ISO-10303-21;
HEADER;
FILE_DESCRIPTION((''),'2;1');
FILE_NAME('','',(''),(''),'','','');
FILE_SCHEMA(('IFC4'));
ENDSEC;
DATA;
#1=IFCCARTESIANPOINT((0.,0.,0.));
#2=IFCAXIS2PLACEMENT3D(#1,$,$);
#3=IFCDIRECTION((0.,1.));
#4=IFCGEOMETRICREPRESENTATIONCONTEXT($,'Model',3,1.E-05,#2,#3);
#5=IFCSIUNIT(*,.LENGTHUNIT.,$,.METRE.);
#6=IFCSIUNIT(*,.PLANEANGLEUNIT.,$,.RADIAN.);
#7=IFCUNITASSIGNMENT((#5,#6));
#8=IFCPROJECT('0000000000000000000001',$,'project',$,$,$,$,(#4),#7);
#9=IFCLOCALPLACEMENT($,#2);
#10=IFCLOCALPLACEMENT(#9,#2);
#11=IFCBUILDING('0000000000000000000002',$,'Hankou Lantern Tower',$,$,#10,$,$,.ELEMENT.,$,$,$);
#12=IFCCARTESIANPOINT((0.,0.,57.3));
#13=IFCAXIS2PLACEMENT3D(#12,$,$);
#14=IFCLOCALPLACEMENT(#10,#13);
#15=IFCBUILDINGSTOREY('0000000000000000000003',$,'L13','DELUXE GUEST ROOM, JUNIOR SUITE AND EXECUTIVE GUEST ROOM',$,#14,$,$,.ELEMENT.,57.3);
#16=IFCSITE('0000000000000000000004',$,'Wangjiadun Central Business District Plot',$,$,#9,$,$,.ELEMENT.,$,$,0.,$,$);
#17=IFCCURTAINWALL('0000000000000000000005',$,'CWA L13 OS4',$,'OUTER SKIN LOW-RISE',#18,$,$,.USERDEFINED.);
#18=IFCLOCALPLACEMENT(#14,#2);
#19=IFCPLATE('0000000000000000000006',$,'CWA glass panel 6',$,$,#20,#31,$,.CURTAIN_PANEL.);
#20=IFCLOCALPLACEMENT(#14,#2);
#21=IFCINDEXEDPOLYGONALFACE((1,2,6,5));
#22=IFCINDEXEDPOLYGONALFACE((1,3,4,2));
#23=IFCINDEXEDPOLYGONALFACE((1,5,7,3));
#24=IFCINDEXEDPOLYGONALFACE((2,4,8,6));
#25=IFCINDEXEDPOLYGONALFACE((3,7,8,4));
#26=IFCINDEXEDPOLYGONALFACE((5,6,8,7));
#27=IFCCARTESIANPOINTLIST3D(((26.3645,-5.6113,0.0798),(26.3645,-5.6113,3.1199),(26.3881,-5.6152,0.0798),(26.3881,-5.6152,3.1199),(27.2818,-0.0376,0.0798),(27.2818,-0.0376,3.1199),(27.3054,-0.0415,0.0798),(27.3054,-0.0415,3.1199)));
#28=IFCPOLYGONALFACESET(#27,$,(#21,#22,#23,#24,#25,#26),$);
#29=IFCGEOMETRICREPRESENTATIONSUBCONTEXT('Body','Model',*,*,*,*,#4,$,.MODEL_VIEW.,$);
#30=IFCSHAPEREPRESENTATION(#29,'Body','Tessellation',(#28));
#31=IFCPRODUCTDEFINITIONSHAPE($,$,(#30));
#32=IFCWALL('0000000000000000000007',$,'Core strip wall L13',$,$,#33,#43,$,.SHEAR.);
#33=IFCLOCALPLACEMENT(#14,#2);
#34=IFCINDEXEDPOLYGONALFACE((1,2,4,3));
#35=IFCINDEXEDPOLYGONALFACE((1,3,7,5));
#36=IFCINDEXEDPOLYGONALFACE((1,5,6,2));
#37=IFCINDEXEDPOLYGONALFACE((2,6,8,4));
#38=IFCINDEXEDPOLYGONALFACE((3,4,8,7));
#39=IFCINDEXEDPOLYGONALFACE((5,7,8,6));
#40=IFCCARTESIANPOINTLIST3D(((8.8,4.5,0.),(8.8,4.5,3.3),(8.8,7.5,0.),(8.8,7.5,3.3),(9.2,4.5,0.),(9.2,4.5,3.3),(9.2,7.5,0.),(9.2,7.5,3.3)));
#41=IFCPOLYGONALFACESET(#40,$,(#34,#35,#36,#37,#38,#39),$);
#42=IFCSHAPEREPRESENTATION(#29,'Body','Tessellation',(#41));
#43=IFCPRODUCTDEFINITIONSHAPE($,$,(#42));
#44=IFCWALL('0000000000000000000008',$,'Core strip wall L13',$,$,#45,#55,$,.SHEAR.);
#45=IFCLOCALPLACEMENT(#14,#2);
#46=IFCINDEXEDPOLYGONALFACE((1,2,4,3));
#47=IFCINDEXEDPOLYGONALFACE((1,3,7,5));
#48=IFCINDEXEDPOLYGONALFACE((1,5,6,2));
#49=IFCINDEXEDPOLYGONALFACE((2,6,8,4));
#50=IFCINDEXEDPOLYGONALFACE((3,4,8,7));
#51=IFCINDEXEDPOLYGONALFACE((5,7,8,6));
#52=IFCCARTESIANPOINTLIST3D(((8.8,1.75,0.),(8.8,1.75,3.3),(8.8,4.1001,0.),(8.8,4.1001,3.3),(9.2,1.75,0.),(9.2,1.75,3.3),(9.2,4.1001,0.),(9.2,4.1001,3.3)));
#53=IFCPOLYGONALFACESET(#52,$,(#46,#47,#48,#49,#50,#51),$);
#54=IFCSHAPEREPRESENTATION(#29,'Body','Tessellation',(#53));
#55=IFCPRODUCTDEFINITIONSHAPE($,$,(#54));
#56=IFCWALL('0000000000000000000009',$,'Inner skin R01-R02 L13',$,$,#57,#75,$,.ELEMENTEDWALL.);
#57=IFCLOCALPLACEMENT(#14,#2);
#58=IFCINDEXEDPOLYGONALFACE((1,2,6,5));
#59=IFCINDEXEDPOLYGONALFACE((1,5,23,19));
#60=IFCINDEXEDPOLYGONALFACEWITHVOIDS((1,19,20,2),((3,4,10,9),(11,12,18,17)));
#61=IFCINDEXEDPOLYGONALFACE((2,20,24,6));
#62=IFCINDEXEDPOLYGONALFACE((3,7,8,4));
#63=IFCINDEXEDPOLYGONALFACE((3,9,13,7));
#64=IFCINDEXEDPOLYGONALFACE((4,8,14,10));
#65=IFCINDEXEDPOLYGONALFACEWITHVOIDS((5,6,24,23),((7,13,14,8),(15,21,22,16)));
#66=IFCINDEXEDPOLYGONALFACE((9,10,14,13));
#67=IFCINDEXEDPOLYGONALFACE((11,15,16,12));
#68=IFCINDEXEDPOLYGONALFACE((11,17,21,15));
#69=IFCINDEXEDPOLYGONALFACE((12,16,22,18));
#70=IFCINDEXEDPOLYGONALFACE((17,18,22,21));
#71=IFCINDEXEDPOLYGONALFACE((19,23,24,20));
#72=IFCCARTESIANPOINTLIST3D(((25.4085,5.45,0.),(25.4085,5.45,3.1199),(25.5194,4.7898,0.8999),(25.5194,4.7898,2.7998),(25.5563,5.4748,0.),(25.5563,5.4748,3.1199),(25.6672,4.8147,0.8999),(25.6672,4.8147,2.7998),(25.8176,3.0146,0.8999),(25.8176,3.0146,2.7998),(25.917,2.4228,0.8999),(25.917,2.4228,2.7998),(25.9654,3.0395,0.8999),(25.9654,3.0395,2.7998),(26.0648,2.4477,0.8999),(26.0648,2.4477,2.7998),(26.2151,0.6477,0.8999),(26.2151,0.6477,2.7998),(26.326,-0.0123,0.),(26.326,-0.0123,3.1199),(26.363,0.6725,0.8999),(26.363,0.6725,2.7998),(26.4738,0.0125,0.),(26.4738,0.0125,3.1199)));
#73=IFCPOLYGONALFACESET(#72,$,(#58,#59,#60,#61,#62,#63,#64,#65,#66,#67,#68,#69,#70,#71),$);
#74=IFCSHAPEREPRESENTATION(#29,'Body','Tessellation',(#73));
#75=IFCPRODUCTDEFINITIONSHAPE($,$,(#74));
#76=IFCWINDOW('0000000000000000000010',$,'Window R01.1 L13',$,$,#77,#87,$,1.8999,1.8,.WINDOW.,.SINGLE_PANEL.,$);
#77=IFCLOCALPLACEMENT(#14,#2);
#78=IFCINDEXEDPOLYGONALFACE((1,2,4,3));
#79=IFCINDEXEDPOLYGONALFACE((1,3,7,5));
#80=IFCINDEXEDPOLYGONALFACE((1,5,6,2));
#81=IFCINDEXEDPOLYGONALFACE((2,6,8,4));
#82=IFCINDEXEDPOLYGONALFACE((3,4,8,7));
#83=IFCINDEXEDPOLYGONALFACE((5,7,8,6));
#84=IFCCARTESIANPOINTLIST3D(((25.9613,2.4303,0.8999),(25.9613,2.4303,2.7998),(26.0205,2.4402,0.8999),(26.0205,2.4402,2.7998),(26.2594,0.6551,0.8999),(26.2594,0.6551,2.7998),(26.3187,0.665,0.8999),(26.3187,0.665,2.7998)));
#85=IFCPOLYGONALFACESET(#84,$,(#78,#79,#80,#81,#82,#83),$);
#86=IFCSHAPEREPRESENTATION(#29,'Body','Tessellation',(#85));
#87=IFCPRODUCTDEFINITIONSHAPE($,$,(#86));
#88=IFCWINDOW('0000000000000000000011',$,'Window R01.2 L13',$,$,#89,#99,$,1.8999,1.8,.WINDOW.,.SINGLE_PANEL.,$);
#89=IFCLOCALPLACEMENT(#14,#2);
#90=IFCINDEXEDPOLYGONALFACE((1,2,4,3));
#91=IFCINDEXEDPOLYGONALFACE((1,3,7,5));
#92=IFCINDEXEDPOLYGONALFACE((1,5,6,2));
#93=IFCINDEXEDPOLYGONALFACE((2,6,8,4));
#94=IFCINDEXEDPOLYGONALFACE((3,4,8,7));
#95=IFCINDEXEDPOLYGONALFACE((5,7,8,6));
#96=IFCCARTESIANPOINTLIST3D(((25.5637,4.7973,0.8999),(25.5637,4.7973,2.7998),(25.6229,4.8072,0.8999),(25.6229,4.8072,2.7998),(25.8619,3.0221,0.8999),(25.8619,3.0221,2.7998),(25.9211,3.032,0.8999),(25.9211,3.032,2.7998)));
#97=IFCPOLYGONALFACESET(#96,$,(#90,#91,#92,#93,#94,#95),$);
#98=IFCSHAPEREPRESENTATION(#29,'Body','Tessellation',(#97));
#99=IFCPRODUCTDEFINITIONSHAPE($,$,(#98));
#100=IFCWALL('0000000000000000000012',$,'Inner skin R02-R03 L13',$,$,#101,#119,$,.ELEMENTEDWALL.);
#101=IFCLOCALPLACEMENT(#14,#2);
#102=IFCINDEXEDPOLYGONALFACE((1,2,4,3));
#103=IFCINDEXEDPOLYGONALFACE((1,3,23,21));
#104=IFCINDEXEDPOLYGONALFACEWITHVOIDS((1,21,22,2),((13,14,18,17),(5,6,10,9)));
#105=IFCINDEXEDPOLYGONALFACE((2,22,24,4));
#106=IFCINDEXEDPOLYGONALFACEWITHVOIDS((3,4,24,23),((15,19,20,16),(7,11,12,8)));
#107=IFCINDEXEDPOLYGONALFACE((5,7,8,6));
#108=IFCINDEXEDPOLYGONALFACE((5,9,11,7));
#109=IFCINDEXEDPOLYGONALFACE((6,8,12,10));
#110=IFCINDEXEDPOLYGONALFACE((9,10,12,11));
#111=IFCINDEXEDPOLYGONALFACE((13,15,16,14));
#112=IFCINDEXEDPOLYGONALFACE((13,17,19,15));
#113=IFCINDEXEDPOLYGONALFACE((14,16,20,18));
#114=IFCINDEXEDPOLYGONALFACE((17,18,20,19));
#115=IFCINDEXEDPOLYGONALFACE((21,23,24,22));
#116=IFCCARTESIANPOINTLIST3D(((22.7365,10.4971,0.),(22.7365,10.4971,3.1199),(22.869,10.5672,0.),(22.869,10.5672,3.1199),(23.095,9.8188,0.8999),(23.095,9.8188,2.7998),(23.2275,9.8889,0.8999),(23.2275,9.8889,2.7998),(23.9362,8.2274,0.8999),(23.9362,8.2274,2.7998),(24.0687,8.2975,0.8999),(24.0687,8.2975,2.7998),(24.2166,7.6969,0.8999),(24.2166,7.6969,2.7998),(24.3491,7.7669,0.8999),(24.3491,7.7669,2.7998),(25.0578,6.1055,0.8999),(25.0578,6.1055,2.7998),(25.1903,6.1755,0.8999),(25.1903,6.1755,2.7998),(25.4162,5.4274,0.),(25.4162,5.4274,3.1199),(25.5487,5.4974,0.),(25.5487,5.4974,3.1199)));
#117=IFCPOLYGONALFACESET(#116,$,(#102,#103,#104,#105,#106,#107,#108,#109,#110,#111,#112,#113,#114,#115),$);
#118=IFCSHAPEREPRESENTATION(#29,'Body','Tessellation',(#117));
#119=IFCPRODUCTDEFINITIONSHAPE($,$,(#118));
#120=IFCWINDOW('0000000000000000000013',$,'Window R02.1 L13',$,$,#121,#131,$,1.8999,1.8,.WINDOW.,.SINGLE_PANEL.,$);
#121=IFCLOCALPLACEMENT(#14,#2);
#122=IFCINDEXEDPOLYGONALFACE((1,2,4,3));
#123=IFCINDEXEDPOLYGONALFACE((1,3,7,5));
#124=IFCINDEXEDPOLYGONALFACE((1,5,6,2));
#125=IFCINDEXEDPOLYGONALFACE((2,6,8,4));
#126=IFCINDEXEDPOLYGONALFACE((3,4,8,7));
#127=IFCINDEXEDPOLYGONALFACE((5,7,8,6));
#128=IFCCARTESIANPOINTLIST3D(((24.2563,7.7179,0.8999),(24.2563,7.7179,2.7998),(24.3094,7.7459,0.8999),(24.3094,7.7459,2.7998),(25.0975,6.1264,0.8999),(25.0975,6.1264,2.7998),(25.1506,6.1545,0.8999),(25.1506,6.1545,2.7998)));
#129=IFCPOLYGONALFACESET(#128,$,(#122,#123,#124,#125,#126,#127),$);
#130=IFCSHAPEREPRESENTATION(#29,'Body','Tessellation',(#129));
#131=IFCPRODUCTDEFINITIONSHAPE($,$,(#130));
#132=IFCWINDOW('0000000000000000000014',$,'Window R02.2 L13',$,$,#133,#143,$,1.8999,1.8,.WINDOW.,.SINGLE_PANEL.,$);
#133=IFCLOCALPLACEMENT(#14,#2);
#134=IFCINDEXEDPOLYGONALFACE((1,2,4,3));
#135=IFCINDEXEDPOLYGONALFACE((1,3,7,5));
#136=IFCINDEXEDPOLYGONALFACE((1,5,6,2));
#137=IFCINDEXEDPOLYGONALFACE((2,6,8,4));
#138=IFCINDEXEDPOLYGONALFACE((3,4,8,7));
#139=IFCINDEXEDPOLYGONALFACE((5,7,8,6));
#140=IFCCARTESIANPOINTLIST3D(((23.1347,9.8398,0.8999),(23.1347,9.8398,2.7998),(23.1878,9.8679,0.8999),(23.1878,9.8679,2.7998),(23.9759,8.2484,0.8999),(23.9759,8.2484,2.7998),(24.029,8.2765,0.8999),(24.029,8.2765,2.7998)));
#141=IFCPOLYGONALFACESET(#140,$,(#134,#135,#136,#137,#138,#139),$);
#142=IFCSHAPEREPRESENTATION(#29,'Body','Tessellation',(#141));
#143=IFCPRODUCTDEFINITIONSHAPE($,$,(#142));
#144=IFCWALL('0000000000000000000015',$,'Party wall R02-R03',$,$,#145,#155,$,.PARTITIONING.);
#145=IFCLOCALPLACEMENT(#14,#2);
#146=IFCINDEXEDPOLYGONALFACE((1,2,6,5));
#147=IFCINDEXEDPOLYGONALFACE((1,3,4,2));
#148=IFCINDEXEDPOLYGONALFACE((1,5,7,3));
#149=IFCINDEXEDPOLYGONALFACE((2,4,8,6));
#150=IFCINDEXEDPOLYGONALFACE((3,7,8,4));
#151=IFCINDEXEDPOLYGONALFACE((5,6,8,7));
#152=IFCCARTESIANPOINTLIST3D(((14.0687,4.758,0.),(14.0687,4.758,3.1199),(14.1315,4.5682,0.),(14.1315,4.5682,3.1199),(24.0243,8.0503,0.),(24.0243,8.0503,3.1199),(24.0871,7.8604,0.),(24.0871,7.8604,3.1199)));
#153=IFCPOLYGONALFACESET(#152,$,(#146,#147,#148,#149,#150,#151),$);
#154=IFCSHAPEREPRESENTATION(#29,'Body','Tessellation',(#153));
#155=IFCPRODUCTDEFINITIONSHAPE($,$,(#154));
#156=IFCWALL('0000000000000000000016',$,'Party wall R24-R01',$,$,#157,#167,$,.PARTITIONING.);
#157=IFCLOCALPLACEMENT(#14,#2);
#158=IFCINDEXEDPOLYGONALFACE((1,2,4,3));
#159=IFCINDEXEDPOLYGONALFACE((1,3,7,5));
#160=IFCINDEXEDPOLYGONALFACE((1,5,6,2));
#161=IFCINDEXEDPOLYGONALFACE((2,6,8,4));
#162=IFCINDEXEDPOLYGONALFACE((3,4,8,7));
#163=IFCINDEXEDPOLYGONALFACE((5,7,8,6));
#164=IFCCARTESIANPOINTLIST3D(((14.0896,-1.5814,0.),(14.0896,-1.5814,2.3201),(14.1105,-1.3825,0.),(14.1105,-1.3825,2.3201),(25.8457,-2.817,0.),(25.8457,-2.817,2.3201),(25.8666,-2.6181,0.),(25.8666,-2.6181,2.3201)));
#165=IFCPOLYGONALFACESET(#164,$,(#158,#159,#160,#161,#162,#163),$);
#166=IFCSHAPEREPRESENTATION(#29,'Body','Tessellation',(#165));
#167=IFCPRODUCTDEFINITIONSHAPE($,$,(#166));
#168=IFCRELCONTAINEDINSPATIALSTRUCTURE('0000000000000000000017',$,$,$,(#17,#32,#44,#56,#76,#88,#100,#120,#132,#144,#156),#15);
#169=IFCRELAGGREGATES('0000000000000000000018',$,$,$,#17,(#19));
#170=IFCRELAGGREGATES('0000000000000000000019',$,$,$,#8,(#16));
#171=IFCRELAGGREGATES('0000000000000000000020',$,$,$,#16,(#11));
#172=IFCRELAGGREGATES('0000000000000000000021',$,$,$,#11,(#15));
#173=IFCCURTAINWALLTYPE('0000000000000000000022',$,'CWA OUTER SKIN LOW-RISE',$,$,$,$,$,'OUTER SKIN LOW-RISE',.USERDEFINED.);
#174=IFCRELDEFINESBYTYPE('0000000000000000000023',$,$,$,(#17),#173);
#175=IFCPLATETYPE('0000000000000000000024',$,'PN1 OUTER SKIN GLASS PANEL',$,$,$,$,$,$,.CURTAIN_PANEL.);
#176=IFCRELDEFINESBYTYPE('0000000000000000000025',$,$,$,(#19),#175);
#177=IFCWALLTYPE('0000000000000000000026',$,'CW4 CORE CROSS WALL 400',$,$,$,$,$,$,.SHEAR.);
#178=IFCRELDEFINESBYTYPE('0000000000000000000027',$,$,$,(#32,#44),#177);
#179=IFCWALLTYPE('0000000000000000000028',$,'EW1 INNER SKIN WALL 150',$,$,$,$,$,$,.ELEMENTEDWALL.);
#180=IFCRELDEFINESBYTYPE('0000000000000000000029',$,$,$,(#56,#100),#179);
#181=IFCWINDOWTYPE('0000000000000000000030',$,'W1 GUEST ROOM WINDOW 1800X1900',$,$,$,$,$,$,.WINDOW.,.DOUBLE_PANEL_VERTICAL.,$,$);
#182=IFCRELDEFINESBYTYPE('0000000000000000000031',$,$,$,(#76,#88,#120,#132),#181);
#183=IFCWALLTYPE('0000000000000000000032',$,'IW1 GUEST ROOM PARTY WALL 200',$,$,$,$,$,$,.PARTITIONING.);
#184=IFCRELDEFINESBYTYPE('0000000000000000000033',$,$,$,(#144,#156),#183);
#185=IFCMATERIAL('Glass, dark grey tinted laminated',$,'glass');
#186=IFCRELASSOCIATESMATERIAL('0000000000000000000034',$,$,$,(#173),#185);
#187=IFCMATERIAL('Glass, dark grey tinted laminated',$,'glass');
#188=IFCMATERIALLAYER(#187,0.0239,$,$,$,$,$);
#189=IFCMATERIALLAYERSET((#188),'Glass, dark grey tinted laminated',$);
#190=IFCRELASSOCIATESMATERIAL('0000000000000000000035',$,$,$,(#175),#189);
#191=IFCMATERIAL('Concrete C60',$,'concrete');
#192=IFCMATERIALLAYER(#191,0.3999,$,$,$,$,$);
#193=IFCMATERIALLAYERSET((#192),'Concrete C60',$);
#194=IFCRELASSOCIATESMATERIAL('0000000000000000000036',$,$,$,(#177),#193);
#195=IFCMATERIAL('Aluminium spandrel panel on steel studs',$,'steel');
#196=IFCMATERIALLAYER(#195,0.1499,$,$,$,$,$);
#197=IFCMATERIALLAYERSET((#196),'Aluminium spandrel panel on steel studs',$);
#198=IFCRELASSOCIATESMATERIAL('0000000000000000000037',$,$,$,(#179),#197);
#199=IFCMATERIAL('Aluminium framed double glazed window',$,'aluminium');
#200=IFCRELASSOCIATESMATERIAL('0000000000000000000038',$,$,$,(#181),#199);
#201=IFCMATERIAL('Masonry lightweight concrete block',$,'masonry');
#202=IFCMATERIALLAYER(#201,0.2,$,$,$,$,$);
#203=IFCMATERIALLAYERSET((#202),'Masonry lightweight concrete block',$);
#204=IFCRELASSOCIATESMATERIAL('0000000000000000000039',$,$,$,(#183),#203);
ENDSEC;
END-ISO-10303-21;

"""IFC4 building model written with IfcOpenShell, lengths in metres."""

from ifc_helpers import new_model, si_unit, direction, frame, frame_2d, origin, origin_2d, place, context, subcontext, project, spatial, rectangle, extrude, material, layer, layer_set, type_object, element, fill, aggregate, save


model = new_model("IFC4")

# Units and contexts
model_context = context("Model", 3, precision=1e-05, world=origin(), true_north=direction((0.0, 1.0)))
body_context = subcontext(model_context, "Body", "Model", "MODEL_VIEW")
ifc_project = project(units=[si_unit("LENGTHUNIT", "METRE"), si_unit("PLANEANGLEUNIT", "RADIAN")], contexts=[model_context])

# Site, building, storey
site_placement = place(None, origin())
site = spatial("IfcSite", under=ifc_project, at=site_placement, Name="Wangjiadun Central Business District Plot", CompositionType="ELEMENT", RefElevation=0.0)
building_placement = place(site_placement, origin())
building = spatial("IfcBuilding", under=site, at=building_placement, Name="Hankou Lantern Tower", CompositionType="ELEMENT")
storey_placement = place(building_placement, frame((0.0, 0.0, 57.3)))
storey = spatial("IfcBuildingStorey", under=building, at=storey_placement, Name="L13", Description="DELUXE GUEST ROOM, JUNIOR SUITE AND EXECUTIVE GUEST ROOM", CompositionType="ELEMENT", Elevation=57.3)

# Shared definitions
ifc_material_1 = material(Name="Glass, dark grey tinted laminated", Category="glass")
curtain_wall_type = type_object("IfcCurtainWallType", Name="CWA OUTER SKIN LOW-RISE", ElementType="OUTER SKIN LOW-RISE", PredefinedType="USERDEFINED", material=ifc_material_1)

# Shared definitions
ifc_material_2 = material(Name="Glass, dark grey tinted laminated", Category="glass")
ifc_layer_1 = layer(ifc_material_2, 0.0239)
ifc_layer_set_1 = layer_set([ifc_layer_1], Name="Glass, dark grey tinted laminated")
plate_type = type_object("IfcPlateType", Name="PN1 OUTER SKIN GLASS PANEL", PredefinedType="CURTAIN_PANEL", material=ifc_layer_set_1)

# Curtain wall, plate
curtain_wall_1_placement = place(storey_placement, origin())
curtain_wall_1 = element("IfcCurtainWall", 1, at=curtain_wall_1_placement, inside=storey, type_object=curtain_wall_type, Name="CWA L13 OS4", ObjectType="OUTER SKIN LOW-RISE", PredefinedType="USERDEFINED")
plate_1_placement = place(storey_placement, frame((26.835, -2.8264, 0.0798), z_axis=(0.0, 0.0, 1.0), x_axis=(0.162382, 0.986728, 0.0)))
plate_1 = element("IfcPlate", 2, at=plate_1_placement, type_object=plate_type, Name="CWA glass panel 6", PredefinedType="CURTAIN_PANEL", context=body_context, shape_type="SweptSolid", body=[
    extrude(rectangle(XDim=5.6487, YDim=0.0239, at=origin_2d()), origin(), (0.0, 0.0, 1.0), 3.04),
])
aggregate(curtain_wall_1, [plate_1])

# Walls
ifc_material_3 = material(Name="Concrete C60", Category="concrete")
ifc_layer_2 = layer(ifc_material_3, 0.3999)
ifc_layer_set_2 = layer_set([ifc_layer_2], Name="Concrete C60")
wall_type_1 = type_object("IfcWallType", Name="CW4 CORE CROSS WALL 400", PredefinedType="SHEAR", material=ifc_layer_set_2)
wall_1_placement = place(storey_placement, frame((9.0, 4.5, 0.0), z_axis=(0.0, 0.0, 1.0), x_axis=(0.0, 1.0, 0.0)))
element("IfcWall", 3, at=wall_1_placement, inside=storey, type_object=wall_type_1, Name="Core strip wall L13", PredefinedType="SHEAR", context=body_context, shape_type="SweptSolid", body=[
    extrude(rectangle(XDim=3.0, YDim=0.3999, at=frame_2d((1.5, 0.0))), origin(), (0.0, 0.0, 1.0), 3.3),
])
wall_2_placement = place(storey_placement, frame((9.0, 1.75, 0.0), z_axis=(0.0, 0.0, 1.0), x_axis=(0.0, 1.0, 0.0)))
element("IfcWall", 4, at=wall_2_placement, inside=storey, type_object=wall_type_1, Name="Core strip wall L13", PredefinedType="SHEAR", context=body_context, shape_type="SweptSolid", body=[
    extrude(rectangle(XDim=2.3501, YDim=0.3999, at=frame_2d((1.175, 0.0))), origin(), (0.0, 0.0, 1.0), 3.3),
])

# Walls, openings, windows
ifc_material_4 = material(Name="Aluminium spandrel panel on steel studs", Category="steel")
ifc_layer_3 = layer(ifc_material_4, 0.1499)
ifc_layer_set_3 = layer_set([ifc_layer_3], Name="Aluminium spandrel panel on steel studs")
wall_type_2 = type_object("IfcWallType", Name="EW1 INNER SKIN WALL 150", PredefinedType="ELEMENTEDWALL", material=ifc_layer_set_3)
wall_3_placement = place(storey_placement, frame((26.3999, 0.0, 0.0), z_axis=(0.0, 0.0, 1.0), x_axis=(-0.165643, 0.986186, 0.0)))
wall_3 = element("IfcWall", 5, at=wall_3_placement, inside=storey, type_object=wall_type_2, Name="Inner skin R01-R02 L13", PredefinedType="ELEMENTEDWALL", context=body_context, shape_type="SweptSolid", body=[
    extrude(rectangle(XDim=5.5388, YDim=0.1499, at=frame_2d((2.7695, 0.0))), origin(), (0.0, 0.0, 1.0), 3.1199),
])
opening_1_placement = place(wall_3_placement, frame((0.6694, 0.0, 0.8999)))
opening_1 = element("IfcOpeningElement", 6, at=opening_1_placement, cuts=wall_3, PredefinedType="OPENING", context=body_context, shape_type="SweptSolid", body=[
    extrude(rectangle(XDim=1.8, YDim=1.8999, at=frame_2d((0.8999, 0.95))), frame((0.0, 0.085, 0.0), z_axis=(0.0, -1.0, 0.0), x_axis=(1.0, 0.0, 0.0)), (0.0, 0.0, 1.0), 0.1699),
])
opening_2_placement = place(wall_3_placement, frame((3.0696, 0.0, 0.8999)))
opening_2 = element("IfcOpeningElement", 7, at=opening_2_placement, cuts=wall_3, PredefinedType="OPENING", context=body_context, shape_type="SweptSolid", body=[
    extrude(rectangle(XDim=1.8, YDim=1.8999, at=frame_2d((0.8999, 0.95))), frame((0.0, 0.085, 0.0), z_axis=(0.0, -1.0, 0.0), x_axis=(1.0, 0.0, 0.0)), (0.0, 0.0, 1.0), 0.1699),
])
ifc_material_5 = material(Name="Aluminium framed double glazed window", Category="aluminium")
window_type = type_object("IfcWindowType", Name="W1 GUEST ROOM WINDOW 1800X1900", PartitioningType="DOUBLE_PANEL_VERTICAL", PredefinedType="WINDOW", material=ifc_material_5)
window_1_placement = place(opening_1_placement, origin())
window_1 = element("IfcWindow", 8, at=window_1_placement, inside=storey, type_object=window_type, Name="Window R01.1 L13", OverallHeight=1.8999, OverallWidth=1.8, PartitioningType="SINGLE_PANEL", PredefinedType="WINDOW", context=body_context, shape_type="SweptSolid", body=[
    extrude(rectangle(XDim=1.8, YDim=1.8999, at=frame_2d((0.8999, 0.95))), frame((0.0, 0.03, 0.0), z_axis=(0.0, -1.0, 0.0), x_axis=(1.0, 0.0, 0.0)), (0.0, 0.0, 1.0), 0.0601),
])
fill(opening_1, window_1)
window_2_placement = place(opening_2_placement, origin())
window_2 = element("IfcWindow", 9, at=window_2_placement, inside=storey, type_object=window_type, Name="Window R01.2 L13", OverallHeight=1.8999, OverallWidth=1.8, PartitioningType="SINGLE_PANEL", PredefinedType="WINDOW", context=body_context, shape_type="SweptSolid", body=[
    extrude(rectangle(XDim=1.8, YDim=1.8999, at=frame_2d((0.8999, 0.95))), frame((0.0, 0.03, 0.0), z_axis=(0.0, -1.0, 0.0), x_axis=(1.0, 0.0, 0.0)), (0.0, 0.0, 1.0), 0.0601),
])
fill(opening_2, window_2)
wall_4_placement = place(storey_placement, frame((25.4824, 5.4624, 0.0), z_axis=(0.0, 0.0, 1.0), x_axis=(-0.467297, 0.8841, 0.0)))
wall_4 = element("IfcWall", 10, at=wall_4_placement, inside=storey, type_object=wall_type_2, Name="Inner skin R02-R03 L13", PredefinedType="ELEMENTEDWALL", context=body_context, shape_type="SweptSolid", body=[
    extrude(rectangle(XDim=5.7344, YDim=0.1499, at=frame_2d((2.8672, 0.0))), origin(), (0.0, 0.0, 1.0), 3.1199),
])
opening_3_placement = place(wall_4_placement, frame((0.7671, 0.0, 0.8999)))
opening_3 = element("IfcOpeningElement", 11, at=opening_3_placement, cuts=wall_4, PredefinedType="OPENING", context=body_context, shape_type="SweptSolid", body=[
    extrude(rectangle(XDim=1.8, YDim=1.8999, at=frame_2d((0.8999, 0.95))), frame((0.0, 0.085, 0.0), z_axis=(0.0, -1.0, 0.0), x_axis=(1.0, 0.0, 0.0)), (0.0, 0.0, 1.0), 0.1699),
])
opening_4_placement = place(wall_4_placement, frame((3.1672, 0.0, 0.8999)))
opening_4 = element("IfcOpeningElement", 12, at=opening_4_placement, cuts=wall_4, PredefinedType="OPENING", context=body_context, shape_type="SweptSolid", body=[
    extrude(rectangle(XDim=1.8, YDim=1.8999, at=frame_2d((0.8999, 0.95))), frame((0.0, 0.085, 0.0), z_axis=(0.0, -1.0, 0.0), x_axis=(1.0, 0.0, 0.0)), (0.0, 0.0, 1.0), 0.1699),
])
window_3_placement = place(opening_3_placement, origin())
window_3 = element("IfcWindow", 13, at=window_3_placement, inside=storey, type_object=window_type, Name="Window R02.1 L13", OverallHeight=1.8999, OverallWidth=1.8, PartitioningType="SINGLE_PANEL", PredefinedType="WINDOW", context=body_context, shape_type="SweptSolid", body=[
    extrude(rectangle(XDim=1.8, YDim=1.8999, at=frame_2d((0.8999, 0.95))), frame((0.0, 0.03, 0.0), z_axis=(0.0, -1.0, 0.0), x_axis=(1.0, 0.0, 0.0)), (0.0, 0.0, 1.0), 0.0601),
])
fill(opening_3, window_3)
window_4_placement = place(opening_4_placement, origin())
window_4 = element("IfcWindow", 14, at=window_4_placement, inside=storey, type_object=window_type, Name="Window R02.2 L13", OverallHeight=1.8999, OverallWidth=1.8, PartitioningType="SINGLE_PANEL", PredefinedType="WINDOW", context=body_context, shape_type="SweptSolid", body=[
    extrude(rectangle(XDim=1.8, YDim=1.8999, at=frame_2d((0.8999, 0.95))), frame((0.0, 0.03, 0.0), z_axis=(0.0, -1.0, 0.0), x_axis=(1.0, 0.0, 0.0)), (0.0, 0.0, 1.0), 0.0601),
])
fill(opening_4, window_4)

# Walls
ifc_material_6 = material(Name="Masonry lightweight concrete block", Category="masonry")
ifc_layer_4 = layer(ifc_material_6, 0.2)
ifc_layer_set_4 = layer_set([ifc_layer_4], Name="Masonry lightweight concrete block")
wall_type_3 = type_object("IfcWallType", Name="IW1 GUEST ROOM PARTY WALL 200", PredefinedType="PARTITIONING", material=ifc_layer_set_4)
wall_5_placement = place(storey_placement, frame((14.1001, 4.6631, 0.0), z_axis=(0.0, 0.0, 1.0), x_axis=(0.949433, 0.313971, 0.0)))
element("IfcWall", 15, at=wall_5_placement, inside=storey, type_object=wall_type_3, Name="Party wall R02-R03", PredefinedType="PARTITIONING", context=body_context, shape_type="SweptSolid", body=[
    extrude(rectangle(XDim=10.4858, YDim=0.2, at=frame_2d((5.2429, 0.0))), origin(), (0.0, 0.0, 1.0), 3.1199),
])
wall_6_placement = place(storey_placement, frame((14.1001, -1.4819, 0.0), z_axis=(0.0, 0.0, 1.0), x_axis=(0.994522, -0.104527, 0.0)))
element("IfcWall", 16, at=wall_6_placement, inside=storey, type_object=wall_type_3, Name="Party wall R24-R01", PredefinedType="PARTITIONING", context=body_context, shape_type="SweptSolid", body=[
    extrude(rectangle(XDim=11.8208, YDim=0.2, at=frame_2d((5.9104, 0.0))), origin(), (0.0, 0.0, 1.0), 2.3201),
])

save(model, "model.ifc")
